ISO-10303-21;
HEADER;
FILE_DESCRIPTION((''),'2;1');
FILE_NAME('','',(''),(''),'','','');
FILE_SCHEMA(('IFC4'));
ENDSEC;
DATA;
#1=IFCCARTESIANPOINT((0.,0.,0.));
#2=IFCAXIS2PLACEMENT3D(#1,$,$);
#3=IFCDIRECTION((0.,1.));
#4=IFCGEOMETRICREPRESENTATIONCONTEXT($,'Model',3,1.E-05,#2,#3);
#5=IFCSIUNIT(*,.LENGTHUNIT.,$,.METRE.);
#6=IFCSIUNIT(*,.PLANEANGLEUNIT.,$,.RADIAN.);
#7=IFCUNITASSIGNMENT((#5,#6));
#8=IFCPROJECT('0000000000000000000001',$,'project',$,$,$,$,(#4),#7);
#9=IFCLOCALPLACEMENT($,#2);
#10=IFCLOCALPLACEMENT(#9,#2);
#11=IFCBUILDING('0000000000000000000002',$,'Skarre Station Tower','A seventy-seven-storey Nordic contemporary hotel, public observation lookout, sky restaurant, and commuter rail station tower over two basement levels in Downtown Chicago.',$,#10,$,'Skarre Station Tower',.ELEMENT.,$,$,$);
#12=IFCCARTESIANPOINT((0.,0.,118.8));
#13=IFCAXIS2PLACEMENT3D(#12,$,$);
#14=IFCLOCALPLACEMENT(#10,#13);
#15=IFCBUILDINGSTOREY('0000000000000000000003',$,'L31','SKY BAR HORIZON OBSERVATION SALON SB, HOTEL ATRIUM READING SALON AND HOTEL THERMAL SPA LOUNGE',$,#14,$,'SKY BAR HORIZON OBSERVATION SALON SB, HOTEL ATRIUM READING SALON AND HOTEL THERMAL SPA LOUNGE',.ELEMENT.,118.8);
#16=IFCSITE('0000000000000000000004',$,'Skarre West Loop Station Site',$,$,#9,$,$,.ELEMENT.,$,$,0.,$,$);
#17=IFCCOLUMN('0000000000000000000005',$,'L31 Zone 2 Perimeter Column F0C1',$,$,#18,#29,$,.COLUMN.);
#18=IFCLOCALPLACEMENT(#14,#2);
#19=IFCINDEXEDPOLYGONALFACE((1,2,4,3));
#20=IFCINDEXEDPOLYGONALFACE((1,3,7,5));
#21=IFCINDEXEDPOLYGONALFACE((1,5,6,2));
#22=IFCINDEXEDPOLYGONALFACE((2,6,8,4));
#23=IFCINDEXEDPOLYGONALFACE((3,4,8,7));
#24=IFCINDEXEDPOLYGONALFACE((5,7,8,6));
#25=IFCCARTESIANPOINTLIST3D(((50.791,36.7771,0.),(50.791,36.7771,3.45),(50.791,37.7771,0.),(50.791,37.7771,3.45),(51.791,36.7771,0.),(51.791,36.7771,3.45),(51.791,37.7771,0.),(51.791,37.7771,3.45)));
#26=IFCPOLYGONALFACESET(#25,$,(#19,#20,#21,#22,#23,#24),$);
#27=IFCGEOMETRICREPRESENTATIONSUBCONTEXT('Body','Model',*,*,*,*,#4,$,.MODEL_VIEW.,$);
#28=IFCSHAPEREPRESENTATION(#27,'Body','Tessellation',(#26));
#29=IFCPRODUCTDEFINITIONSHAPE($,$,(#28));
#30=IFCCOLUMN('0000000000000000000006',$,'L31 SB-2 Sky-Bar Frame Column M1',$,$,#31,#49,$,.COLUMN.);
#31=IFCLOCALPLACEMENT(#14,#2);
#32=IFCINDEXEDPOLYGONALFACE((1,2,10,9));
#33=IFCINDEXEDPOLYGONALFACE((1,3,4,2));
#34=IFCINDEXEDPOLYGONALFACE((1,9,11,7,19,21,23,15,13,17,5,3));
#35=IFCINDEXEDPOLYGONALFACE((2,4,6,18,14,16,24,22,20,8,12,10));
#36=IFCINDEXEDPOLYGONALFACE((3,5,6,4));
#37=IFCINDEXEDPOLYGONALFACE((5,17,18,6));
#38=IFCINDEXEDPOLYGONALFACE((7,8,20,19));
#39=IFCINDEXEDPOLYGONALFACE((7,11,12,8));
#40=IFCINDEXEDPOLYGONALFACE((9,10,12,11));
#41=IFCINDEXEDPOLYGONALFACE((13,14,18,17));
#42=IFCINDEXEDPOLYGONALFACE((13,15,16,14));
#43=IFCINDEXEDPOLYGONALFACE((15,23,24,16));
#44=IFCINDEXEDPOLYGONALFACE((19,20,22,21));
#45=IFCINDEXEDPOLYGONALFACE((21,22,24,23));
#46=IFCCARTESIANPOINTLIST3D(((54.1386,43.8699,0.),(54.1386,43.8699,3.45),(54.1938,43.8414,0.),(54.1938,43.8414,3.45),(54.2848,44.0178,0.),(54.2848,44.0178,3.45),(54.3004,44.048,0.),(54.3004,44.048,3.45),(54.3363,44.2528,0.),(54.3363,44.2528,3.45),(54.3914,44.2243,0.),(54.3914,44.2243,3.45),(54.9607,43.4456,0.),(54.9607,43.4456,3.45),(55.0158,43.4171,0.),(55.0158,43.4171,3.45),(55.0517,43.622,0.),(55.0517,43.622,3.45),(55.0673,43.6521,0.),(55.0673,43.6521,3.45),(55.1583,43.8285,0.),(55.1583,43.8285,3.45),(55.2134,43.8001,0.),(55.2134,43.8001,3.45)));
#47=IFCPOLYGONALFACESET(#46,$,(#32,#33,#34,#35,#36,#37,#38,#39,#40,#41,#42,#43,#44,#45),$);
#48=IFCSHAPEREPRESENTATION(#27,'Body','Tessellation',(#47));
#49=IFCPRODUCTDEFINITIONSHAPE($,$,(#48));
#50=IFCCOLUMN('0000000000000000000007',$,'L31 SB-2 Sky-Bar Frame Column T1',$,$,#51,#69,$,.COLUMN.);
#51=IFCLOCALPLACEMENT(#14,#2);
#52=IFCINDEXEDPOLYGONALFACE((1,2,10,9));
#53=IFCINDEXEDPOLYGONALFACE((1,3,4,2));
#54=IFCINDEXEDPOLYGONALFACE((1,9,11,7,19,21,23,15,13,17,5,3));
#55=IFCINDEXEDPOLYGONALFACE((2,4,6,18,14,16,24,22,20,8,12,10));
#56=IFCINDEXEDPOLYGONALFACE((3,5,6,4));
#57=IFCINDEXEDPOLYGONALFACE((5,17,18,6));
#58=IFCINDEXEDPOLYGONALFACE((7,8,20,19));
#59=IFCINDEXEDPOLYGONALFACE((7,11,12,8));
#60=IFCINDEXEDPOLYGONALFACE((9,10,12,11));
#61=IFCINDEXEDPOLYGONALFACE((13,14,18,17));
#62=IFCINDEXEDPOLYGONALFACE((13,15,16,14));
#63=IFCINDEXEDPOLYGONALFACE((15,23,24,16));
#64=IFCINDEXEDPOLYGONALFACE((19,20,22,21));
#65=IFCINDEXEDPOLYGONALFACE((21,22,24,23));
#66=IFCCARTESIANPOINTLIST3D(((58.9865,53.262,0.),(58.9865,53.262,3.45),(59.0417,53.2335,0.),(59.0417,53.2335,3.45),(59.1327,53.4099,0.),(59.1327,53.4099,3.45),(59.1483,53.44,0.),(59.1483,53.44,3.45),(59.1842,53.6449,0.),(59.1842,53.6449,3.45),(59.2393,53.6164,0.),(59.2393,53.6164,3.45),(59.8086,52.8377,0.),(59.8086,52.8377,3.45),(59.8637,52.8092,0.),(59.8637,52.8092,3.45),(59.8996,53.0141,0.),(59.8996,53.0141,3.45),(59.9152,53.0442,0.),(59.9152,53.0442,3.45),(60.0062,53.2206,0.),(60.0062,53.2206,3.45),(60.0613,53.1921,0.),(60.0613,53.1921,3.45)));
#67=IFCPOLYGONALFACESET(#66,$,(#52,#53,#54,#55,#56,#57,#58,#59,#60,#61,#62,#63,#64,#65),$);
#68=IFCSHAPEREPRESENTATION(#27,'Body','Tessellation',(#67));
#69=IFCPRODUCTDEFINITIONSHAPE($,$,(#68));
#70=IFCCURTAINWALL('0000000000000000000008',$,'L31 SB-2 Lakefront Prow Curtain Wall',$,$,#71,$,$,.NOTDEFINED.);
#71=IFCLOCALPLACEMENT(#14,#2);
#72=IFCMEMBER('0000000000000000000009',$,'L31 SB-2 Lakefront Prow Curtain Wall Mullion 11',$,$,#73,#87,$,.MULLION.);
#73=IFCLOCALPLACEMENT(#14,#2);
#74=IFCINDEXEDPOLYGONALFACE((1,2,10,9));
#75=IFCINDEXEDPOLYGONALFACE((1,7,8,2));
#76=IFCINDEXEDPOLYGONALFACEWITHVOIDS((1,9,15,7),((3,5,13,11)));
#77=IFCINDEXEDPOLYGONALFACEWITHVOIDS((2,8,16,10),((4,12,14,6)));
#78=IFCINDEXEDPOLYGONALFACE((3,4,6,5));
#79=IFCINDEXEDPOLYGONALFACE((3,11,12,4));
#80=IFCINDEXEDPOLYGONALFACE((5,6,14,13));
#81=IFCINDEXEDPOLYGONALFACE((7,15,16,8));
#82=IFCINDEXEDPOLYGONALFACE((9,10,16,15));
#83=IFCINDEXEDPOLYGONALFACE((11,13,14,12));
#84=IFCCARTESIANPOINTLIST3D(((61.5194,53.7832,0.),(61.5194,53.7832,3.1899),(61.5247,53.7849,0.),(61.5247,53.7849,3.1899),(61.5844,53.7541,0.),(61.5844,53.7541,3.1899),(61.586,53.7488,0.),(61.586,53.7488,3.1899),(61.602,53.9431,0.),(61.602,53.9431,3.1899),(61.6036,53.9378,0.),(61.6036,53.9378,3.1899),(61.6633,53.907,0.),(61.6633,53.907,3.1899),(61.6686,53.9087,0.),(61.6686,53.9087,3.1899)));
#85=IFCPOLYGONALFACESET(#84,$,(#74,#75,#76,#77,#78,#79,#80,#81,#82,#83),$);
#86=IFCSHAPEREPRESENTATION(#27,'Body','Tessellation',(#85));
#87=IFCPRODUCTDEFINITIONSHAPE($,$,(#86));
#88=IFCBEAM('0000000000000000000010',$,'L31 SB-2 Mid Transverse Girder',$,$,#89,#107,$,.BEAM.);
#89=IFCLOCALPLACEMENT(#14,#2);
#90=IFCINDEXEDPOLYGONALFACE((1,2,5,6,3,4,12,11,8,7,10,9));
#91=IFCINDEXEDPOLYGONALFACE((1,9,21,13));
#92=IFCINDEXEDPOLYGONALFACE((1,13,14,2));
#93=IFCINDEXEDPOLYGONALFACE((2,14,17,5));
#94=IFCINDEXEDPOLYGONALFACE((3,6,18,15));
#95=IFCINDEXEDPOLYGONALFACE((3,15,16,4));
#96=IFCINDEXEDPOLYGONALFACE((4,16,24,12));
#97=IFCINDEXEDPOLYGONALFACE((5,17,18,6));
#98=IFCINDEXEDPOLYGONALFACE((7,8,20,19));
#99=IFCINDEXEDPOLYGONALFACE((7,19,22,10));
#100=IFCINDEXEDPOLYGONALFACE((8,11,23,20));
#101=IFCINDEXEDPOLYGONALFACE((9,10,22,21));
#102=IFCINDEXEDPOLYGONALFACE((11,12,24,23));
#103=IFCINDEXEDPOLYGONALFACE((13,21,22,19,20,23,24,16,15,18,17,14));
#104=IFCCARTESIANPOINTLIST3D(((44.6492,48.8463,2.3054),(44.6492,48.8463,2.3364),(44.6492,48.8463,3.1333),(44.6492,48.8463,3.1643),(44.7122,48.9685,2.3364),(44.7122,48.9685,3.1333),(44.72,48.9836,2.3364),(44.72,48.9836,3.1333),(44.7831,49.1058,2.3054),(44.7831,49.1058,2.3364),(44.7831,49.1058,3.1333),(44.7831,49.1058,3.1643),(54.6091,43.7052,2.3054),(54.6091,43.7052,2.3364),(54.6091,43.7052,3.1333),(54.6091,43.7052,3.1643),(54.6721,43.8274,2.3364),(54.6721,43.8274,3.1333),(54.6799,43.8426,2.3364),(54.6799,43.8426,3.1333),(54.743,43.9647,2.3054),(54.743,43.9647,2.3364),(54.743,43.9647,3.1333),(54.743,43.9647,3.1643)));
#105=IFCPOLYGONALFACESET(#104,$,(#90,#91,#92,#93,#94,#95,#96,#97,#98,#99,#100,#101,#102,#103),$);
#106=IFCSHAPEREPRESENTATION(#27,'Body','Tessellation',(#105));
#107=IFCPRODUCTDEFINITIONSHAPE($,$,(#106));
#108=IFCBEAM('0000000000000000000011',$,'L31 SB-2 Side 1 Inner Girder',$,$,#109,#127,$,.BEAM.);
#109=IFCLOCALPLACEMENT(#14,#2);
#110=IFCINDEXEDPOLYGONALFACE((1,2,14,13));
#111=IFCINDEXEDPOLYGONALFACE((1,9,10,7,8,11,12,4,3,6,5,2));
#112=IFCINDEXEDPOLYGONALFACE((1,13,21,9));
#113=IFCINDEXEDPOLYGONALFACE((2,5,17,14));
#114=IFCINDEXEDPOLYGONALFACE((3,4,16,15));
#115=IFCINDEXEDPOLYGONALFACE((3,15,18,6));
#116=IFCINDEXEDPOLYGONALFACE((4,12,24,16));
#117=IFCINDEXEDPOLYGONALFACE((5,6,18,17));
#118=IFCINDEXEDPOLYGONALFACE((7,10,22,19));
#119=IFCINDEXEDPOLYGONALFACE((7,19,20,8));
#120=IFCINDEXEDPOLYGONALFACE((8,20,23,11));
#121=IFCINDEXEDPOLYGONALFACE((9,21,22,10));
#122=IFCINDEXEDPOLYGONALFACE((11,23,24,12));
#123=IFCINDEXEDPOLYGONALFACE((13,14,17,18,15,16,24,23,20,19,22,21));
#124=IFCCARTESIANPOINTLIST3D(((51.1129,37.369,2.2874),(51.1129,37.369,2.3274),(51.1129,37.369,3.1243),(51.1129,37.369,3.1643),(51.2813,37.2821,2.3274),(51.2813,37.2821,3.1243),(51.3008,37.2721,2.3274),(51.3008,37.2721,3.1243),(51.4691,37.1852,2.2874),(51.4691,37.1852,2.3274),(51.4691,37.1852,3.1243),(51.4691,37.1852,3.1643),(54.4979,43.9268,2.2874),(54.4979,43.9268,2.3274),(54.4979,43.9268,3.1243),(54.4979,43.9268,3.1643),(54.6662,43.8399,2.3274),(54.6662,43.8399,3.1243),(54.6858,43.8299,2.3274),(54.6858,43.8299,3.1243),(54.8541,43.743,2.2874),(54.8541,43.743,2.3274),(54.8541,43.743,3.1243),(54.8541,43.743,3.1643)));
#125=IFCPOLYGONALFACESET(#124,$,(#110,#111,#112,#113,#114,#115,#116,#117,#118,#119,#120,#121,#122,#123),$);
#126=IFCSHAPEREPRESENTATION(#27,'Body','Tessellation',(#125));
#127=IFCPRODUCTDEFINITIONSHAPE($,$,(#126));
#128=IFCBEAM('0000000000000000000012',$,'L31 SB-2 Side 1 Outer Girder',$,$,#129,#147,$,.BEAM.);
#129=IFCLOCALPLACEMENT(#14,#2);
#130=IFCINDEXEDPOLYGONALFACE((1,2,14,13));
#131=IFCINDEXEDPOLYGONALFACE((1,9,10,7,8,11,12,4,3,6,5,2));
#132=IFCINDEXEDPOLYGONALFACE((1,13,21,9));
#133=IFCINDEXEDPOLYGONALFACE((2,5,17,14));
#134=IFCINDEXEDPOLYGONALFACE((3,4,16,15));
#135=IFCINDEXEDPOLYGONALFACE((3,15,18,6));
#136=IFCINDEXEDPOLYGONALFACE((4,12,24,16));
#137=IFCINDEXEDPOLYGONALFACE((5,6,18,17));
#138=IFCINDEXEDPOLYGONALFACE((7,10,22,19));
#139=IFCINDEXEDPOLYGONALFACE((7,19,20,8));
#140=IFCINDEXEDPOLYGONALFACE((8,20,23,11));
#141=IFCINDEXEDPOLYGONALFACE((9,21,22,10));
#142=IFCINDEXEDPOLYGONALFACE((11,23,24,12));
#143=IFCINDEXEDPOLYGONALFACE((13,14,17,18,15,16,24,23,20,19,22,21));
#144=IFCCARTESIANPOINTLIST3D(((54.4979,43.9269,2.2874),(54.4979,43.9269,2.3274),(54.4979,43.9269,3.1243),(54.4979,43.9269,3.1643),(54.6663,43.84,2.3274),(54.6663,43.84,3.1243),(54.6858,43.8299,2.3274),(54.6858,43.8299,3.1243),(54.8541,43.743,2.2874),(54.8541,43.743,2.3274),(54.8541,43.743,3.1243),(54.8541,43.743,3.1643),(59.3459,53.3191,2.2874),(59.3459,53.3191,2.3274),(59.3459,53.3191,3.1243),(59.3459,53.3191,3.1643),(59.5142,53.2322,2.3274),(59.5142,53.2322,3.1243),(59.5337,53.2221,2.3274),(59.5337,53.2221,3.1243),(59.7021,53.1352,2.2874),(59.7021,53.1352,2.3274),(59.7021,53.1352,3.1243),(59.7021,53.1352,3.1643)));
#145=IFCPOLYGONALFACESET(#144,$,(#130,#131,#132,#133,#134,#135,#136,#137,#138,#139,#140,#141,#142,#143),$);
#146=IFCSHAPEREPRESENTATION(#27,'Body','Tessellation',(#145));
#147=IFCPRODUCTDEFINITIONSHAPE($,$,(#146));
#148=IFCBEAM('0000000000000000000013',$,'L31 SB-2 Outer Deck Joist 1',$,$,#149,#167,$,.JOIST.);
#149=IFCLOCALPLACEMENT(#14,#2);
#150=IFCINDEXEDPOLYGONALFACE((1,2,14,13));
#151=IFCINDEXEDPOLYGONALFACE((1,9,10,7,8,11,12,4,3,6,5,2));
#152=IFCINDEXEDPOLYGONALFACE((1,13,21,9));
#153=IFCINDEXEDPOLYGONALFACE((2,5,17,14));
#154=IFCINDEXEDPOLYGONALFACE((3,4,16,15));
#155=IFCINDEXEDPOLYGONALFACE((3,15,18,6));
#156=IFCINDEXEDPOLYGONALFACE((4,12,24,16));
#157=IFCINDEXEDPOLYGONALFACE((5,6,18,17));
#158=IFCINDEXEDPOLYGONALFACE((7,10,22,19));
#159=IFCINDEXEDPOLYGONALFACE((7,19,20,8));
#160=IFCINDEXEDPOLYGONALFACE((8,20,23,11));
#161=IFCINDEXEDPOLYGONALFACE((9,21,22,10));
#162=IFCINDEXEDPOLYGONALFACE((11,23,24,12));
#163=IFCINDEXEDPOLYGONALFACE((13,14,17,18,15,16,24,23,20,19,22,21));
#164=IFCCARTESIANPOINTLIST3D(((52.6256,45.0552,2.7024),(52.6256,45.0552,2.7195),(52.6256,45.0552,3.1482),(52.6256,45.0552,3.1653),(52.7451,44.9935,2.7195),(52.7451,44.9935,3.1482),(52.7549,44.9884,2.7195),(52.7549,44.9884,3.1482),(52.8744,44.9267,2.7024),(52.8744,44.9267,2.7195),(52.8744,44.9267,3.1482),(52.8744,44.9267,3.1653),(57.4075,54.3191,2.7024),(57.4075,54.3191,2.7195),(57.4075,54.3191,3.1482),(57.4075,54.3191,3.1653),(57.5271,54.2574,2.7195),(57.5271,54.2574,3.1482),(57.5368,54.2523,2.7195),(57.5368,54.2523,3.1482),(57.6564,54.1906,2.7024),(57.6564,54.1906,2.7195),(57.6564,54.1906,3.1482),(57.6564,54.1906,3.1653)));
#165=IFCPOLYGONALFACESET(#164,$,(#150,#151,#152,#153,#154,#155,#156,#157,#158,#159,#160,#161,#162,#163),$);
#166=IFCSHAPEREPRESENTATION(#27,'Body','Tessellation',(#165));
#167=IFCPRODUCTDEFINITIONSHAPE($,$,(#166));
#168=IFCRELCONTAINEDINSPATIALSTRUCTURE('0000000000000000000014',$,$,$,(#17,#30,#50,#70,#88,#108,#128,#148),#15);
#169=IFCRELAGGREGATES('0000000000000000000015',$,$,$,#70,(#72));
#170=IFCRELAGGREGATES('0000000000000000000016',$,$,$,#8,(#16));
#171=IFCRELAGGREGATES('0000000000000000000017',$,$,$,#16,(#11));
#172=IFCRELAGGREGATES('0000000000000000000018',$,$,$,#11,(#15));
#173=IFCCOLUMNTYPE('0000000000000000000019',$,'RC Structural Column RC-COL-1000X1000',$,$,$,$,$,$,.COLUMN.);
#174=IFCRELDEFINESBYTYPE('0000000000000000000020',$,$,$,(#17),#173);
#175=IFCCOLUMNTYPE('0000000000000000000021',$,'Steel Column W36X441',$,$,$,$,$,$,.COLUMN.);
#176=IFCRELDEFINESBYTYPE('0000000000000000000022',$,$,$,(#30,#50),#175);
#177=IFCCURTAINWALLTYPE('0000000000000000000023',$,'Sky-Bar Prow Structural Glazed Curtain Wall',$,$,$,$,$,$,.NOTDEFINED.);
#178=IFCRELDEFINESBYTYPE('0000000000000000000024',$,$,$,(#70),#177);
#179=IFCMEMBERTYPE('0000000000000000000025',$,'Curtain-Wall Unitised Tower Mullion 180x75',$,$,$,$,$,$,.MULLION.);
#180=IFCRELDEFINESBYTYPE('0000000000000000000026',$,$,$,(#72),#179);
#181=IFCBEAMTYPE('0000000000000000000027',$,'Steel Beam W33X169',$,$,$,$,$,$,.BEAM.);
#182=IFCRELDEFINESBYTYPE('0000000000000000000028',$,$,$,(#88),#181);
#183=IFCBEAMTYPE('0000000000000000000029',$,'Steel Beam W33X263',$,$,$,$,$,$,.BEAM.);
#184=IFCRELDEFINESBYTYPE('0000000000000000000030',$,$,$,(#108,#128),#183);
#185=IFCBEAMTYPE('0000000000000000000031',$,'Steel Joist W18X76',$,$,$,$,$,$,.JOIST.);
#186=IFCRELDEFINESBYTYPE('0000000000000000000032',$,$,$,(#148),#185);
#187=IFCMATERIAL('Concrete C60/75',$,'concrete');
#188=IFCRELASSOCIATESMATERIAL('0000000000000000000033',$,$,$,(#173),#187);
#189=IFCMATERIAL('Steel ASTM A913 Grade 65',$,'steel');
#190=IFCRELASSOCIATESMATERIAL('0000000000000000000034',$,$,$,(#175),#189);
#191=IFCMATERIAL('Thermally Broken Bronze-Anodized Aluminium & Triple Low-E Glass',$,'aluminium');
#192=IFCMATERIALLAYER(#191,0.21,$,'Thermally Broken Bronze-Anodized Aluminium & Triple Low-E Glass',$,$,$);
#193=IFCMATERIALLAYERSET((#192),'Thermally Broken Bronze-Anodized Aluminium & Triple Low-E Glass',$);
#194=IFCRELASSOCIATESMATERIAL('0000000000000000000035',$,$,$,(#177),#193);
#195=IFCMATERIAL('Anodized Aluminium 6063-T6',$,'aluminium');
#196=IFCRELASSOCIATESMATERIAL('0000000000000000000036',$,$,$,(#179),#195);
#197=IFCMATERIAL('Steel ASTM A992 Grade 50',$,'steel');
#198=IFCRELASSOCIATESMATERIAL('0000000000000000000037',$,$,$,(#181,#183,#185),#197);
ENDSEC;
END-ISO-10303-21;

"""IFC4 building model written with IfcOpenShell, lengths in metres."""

from ifc_helpers import new_model, si_unit, direction, frame, origin, origin_2d, place, context, subcontext, project, spatial, rectangle, hollow_rectangle, i_section, extrude, material, layer, layer_set, material_profile, profile_set, type_object, element, aggregate, save


model = new_model("IFC4")

# Units and contexts
model_context = context("Model", 3, precision=1e-05, world=origin(), true_north=direction((0.0, 1.0)))
body_context = subcontext(model_context, "Body", "Model", "MODEL_VIEW")
ifc_project = project(units=[si_unit("LENGTHUNIT", "METRE"), si_unit("PLANEANGLEUNIT", "RADIAN")], contexts=[model_context])

# Site, building, storey
site_placement = place(None, origin())
site = spatial("IfcSite", under=ifc_project, at=site_placement, Name="Skarre West Loop Station Site", CompositionType="ELEMENT", RefElevation=0.0)
building_placement = place(site_placement, origin())
building = spatial("IfcBuilding", under=site, at=building_placement, Name="Skarre Station Tower", Description="A seventy-seven-storey Nordic contemporary hotel, public observation lookout, sky restaurant, and commuter rail station tower over two basement levels in Downtown Chicago.", LongName="Skarre Station Tower", CompositionType="ELEMENT")
storey_placement = place(building_placement, frame((0.0, 0.0, 118.8)))
storey = spatial("IfcBuildingStorey", under=building, at=storey_placement, Name="L31", Description="SKY BAR HORIZON OBSERVATION SALON SB, HOTEL ATRIUM READING SALON AND HOTEL THERMAL SPA LOUNGE", LongName="SKY BAR HORIZON OBSERVATION SALON SB, HOTEL ATRIUM READING SALON AND HOTEL THERMAL SPA LOUNGE", CompositionType="ELEMENT", Elevation=118.8)

# Columns
ifc_material_1 = material(Name="Concrete C60/75", Category="concrete")
ifc_material_profile_1 = material_profile(ifc_material_1, rectangle(XDim=1.0, YDim=1.0, at=origin_2d()), Name="Concrete C60/75")
ifc_profile_set_1 = profile_set([ifc_material_profile_1], Name="Concrete C60/75")
column_type_1 = type_object("IfcColumnType", Name="RC Structural Column RC-COL-1000X1000", PredefinedType="COLUMN", material=ifc_profile_set_1)
column_placement = place(storey_placement, frame((51.291, 37.2771, 0.0), z_axis=(0.0, 0.0, 1.0), x_axis=(1.0, 0.0, 0.0)))
element("IfcColumn", 1, at=column_placement, inside=storey, type_object=column_type_1, Name="L31 Zone 2 Perimeter Column F0C1", PredefinedType="COLUMN", context=body_context, shape_type="SweptSolid", body=[
    extrude(rectangle(XDim=1.0, YDim=1.0, at=origin_2d()), origin(), (0.0, 0.0, 1.0), 3.45),
])
ifc_material_2 = material(Name="Steel ASTM A913 Grade 65", Category="steel")
ifc_material_profile_2 = material_profile(ifc_material_2, i_section(OverallWidth=0.4309, OverallDepth=0.9871, WebThickness=0.0339, FlangeThickness=0.062, at=origin_2d()), Name="Steel ASTM A913 Grade 65")
ifc_profile_set_2 = profile_set([ifc_material_profile_2], Name="Steel ASTM A913 Grade 65")
column_type_2 = type_object("IfcColumnType", Name="Steel Column W36X441", PredefinedType="COLUMN", material=ifc_profile_set_2)
for number, where, z_axis, x_axis, name in (
    (2, (54.676, 43.835, 0.0), (0.0, 0.0, 1.0), (0.45865, 0.888617, 0.0), "L31 SB-2 Sky-Bar Frame Column M1"),
    (3, (59.5239, 53.2271, 0.0), (0.0, 0.0, 1.0), (0.45865, 0.888617, 0.0), "L31 SB-2 Sky-Bar Frame Column T1"),
):
    element("IfcColumn", number, at=place(storey_placement, frame(where, z_axis=z_axis, x_axis=x_axis)), inside=storey, type_object=column_type_2, Name=name, PredefinedType="COLUMN", context=body_context, shape_type="SweptSolid", body=[
        extrude(i_section(OverallWidth=0.4309, OverallDepth=0.9871, WebThickness=0.0339, FlangeThickness=0.062, at=origin_2d()), origin(), (0.0, 0.0, 1.0), 3.45),
    ])

# Curtain wall, member
ifc_material_3 = material(Name="Thermally Broken Bronze-Anodized Aluminium & Triple Low-E Glass", Category="aluminium")
ifc_layer_1 = layer(ifc_material_3, 0.21, Name="Thermally Broken Bronze-Anodized Aluminium & Triple Low-E Glass")
ifc_layer_set_1 = layer_set([ifc_layer_1], Name="Thermally Broken Bronze-Anodized Aluminium & Triple Low-E Glass")
curtain_wall_type = type_object("IfcCurtainWallType", Name="Sky-Bar Prow Structural Glazed Curtain Wall", PredefinedType="NOTDEFINED", material=ifc_layer_set_1)
curtain_wall_placement = place(storey_placement, origin())
curtain_wall = element("IfcCurtainWall", 4, at=curtain_wall_placement, inside=storey, type_object=curtain_wall_type, Name="L31 SB-2 Lakefront Prow Curtain Wall", PredefinedType="NOTDEFINED")
ifc_material_4 = material(Name="Anodized Aluminium 6063-T6", Category="aluminium")
ifc_material_profile_3 = material_profile(ifc_material_4, hollow_rectangle(XDim=0.075, YDim=0.1799, WallThickness=0.0039, at=origin_2d()), Name="Anodized Aluminium 6063-T6")
ifc_profile_set_3 = profile_set([ifc_material_profile_3], Name="Anodized Aluminium 6063-T6")
member_type = type_object("IfcMemberType", Name="Curtain-Wall Unitised Tower Mullion 180x75", PredefinedType="MULLION", material=ifc_profile_set_3)
member_placement = place(storey_placement, frame((61.594, 53.8459, 0.0), z_axis=(0.0, 0.0, 1.0), x_axis=(0.888601, -0.458681, 0.0)))
member = element("IfcMember", 5, at=member_placement, type_object=member_type, Name="L31 SB-2 Lakefront Prow Curtain Wall Mullion 11", PredefinedType="MULLION", context=body_context, shape_type="SweptSolid", body=[
    extrude(hollow_rectangle(XDim=0.075, YDim=0.1799, WallThickness=0.0039, at=origin_2d()), origin(), (0.0, 0.0, 1.0), 3.1899),
])

# Beams
ifc_material_5 = material(Name="Steel ASTM A992 Grade 50", Category="steel")
ifc_material_profile_4 = material_profile(ifc_material_5, i_section(OverallWidth=0.292, OverallDepth=0.8589, WebThickness=0.0171, FlangeThickness=0.031, at=origin_2d()), Name="Steel ASTM A992 Grade 50")
ifc_profile_set_4 = profile_set([ifc_material_profile_4], Name="Steel ASTM A992 Grade 50")
beam_type_1 = type_object("IfcBeamType", Name="Steel Beam W33X169", PredefinedType="BEAM", material=ifc_profile_set_4)
beam_1_placement = place(storey_placement, frame((54.676, 43.835, 2.7349), z_axis=(-0.888603, 0.458677, 0.0), x_axis=(-0.458677, -0.888603, 0.0)))
element("IfcBeam", 6, at=beam_1_placement, inside=storey, type_object=beam_type_1, Name="L31 SB-2 Mid Transverse Girder", PredefinedType="BEAM", context=body_context, shape_type="SweptSolid", body=[
    extrude(i_section(OverallWidth=0.292, OverallDepth=0.8589, WebThickness=0.0171, FlangeThickness=0.031, at=origin_2d()), origin(), (0.0, 0.0, 1.0), 11.2085),
])
ifc_material_profile_5 = material_profile(ifc_material_5, i_section(OverallWidth=0.4009, OverallDepth=0.877, WebThickness=0.022, FlangeThickness=0.04, at=origin_2d()), Name="Steel ASTM A992 Grade 50")
ifc_profile_set_5 = profile_set([ifc_material_profile_5], Name="Steel ASTM A992 Grade 50")
beam_type_2 = type_object("IfcBeamType", Name="Steel Beam W33X263", PredefinedType="BEAM", material=ifc_profile_set_5)
beam_2_placement = place(storey_placement, frame((51.291, 37.2771, 2.7258), z_axis=(0.458676, 0.888604, 0.0), x_axis=(-0.888604, 0.458676, 0.0)))
element("IfcBeam", 7, at=beam_2_placement, inside=storey, type_object=beam_type_2, Name="L31 SB-2 Side 1 Inner Girder", PredefinedType="BEAM", context=body_context, shape_type="SweptSolid", body=[
    extrude(i_section(OverallWidth=0.4009, OverallDepth=0.877, WebThickness=0.022, FlangeThickness=0.04, at=origin_2d()), origin(), (0.0, 0.0, 1.0), 7.3799),
])
beam_3_placement = place(storey_placement, frame((54.676, 43.835, 2.7258), z_axis=(0.458671, 0.888606, 0.0), x_axis=(-0.888606, 0.458671, 0.0)))
element("IfcBeam", 8, at=beam_3_placement, inside=storey, type_object=beam_type_2, Name="L31 SB-2 Side 1 Outer Girder", PredefinedType="BEAM", context=body_context, shape_type="SweptSolid", body=[
    extrude(i_section(OverallWidth=0.4009, OverallDepth=0.877, WebThickness=0.022, FlangeThickness=0.04, at=origin_2d()), origin(), (0.0, 0.0, 1.0), 10.5696),
])
ifc_material_profile_6 = material_profile(ifc_material_5, i_section(OverallWidth=0.28, OverallDepth=0.4629, WebThickness=0.011, FlangeThickness=0.0171, at=origin_2d()), Name="Steel ASTM A992 Grade 50")
ifc_profile_set_6 = profile_set([ifc_material_profile_6], Name="Steel ASTM A992 Grade 50")
beam_type_3 = type_object("IfcBeamType", Name="Steel Joist W18X76", PredefinedType="JOIST", material=ifc_profile_set_6)
beam_4_placement = place(storey_placement, frame((52.75, 44.991, 2.9338), z_axis=(0.458689, 0.888597, 0.0), x_axis=(-0.888597, 0.458689, 0.0)))
element("IfcBeam", 9, at=beam_4_placement, inside=storey, type_object=beam_type_3, Name="L31 SB-2 Outer Deck Joist 1", PredefinedType="JOIST", context=body_context, shape_type="SweptSolid", body=[
    extrude(i_section(OverallWidth=0.28, OverallDepth=0.4629, WebThickness=0.011, FlangeThickness=0.0171, at=origin_2d()), origin(), (0.0, 0.0, 1.0), 10.4253),
])

aggregate(curtain_wall, [member])

save(model, "model.ifc")
